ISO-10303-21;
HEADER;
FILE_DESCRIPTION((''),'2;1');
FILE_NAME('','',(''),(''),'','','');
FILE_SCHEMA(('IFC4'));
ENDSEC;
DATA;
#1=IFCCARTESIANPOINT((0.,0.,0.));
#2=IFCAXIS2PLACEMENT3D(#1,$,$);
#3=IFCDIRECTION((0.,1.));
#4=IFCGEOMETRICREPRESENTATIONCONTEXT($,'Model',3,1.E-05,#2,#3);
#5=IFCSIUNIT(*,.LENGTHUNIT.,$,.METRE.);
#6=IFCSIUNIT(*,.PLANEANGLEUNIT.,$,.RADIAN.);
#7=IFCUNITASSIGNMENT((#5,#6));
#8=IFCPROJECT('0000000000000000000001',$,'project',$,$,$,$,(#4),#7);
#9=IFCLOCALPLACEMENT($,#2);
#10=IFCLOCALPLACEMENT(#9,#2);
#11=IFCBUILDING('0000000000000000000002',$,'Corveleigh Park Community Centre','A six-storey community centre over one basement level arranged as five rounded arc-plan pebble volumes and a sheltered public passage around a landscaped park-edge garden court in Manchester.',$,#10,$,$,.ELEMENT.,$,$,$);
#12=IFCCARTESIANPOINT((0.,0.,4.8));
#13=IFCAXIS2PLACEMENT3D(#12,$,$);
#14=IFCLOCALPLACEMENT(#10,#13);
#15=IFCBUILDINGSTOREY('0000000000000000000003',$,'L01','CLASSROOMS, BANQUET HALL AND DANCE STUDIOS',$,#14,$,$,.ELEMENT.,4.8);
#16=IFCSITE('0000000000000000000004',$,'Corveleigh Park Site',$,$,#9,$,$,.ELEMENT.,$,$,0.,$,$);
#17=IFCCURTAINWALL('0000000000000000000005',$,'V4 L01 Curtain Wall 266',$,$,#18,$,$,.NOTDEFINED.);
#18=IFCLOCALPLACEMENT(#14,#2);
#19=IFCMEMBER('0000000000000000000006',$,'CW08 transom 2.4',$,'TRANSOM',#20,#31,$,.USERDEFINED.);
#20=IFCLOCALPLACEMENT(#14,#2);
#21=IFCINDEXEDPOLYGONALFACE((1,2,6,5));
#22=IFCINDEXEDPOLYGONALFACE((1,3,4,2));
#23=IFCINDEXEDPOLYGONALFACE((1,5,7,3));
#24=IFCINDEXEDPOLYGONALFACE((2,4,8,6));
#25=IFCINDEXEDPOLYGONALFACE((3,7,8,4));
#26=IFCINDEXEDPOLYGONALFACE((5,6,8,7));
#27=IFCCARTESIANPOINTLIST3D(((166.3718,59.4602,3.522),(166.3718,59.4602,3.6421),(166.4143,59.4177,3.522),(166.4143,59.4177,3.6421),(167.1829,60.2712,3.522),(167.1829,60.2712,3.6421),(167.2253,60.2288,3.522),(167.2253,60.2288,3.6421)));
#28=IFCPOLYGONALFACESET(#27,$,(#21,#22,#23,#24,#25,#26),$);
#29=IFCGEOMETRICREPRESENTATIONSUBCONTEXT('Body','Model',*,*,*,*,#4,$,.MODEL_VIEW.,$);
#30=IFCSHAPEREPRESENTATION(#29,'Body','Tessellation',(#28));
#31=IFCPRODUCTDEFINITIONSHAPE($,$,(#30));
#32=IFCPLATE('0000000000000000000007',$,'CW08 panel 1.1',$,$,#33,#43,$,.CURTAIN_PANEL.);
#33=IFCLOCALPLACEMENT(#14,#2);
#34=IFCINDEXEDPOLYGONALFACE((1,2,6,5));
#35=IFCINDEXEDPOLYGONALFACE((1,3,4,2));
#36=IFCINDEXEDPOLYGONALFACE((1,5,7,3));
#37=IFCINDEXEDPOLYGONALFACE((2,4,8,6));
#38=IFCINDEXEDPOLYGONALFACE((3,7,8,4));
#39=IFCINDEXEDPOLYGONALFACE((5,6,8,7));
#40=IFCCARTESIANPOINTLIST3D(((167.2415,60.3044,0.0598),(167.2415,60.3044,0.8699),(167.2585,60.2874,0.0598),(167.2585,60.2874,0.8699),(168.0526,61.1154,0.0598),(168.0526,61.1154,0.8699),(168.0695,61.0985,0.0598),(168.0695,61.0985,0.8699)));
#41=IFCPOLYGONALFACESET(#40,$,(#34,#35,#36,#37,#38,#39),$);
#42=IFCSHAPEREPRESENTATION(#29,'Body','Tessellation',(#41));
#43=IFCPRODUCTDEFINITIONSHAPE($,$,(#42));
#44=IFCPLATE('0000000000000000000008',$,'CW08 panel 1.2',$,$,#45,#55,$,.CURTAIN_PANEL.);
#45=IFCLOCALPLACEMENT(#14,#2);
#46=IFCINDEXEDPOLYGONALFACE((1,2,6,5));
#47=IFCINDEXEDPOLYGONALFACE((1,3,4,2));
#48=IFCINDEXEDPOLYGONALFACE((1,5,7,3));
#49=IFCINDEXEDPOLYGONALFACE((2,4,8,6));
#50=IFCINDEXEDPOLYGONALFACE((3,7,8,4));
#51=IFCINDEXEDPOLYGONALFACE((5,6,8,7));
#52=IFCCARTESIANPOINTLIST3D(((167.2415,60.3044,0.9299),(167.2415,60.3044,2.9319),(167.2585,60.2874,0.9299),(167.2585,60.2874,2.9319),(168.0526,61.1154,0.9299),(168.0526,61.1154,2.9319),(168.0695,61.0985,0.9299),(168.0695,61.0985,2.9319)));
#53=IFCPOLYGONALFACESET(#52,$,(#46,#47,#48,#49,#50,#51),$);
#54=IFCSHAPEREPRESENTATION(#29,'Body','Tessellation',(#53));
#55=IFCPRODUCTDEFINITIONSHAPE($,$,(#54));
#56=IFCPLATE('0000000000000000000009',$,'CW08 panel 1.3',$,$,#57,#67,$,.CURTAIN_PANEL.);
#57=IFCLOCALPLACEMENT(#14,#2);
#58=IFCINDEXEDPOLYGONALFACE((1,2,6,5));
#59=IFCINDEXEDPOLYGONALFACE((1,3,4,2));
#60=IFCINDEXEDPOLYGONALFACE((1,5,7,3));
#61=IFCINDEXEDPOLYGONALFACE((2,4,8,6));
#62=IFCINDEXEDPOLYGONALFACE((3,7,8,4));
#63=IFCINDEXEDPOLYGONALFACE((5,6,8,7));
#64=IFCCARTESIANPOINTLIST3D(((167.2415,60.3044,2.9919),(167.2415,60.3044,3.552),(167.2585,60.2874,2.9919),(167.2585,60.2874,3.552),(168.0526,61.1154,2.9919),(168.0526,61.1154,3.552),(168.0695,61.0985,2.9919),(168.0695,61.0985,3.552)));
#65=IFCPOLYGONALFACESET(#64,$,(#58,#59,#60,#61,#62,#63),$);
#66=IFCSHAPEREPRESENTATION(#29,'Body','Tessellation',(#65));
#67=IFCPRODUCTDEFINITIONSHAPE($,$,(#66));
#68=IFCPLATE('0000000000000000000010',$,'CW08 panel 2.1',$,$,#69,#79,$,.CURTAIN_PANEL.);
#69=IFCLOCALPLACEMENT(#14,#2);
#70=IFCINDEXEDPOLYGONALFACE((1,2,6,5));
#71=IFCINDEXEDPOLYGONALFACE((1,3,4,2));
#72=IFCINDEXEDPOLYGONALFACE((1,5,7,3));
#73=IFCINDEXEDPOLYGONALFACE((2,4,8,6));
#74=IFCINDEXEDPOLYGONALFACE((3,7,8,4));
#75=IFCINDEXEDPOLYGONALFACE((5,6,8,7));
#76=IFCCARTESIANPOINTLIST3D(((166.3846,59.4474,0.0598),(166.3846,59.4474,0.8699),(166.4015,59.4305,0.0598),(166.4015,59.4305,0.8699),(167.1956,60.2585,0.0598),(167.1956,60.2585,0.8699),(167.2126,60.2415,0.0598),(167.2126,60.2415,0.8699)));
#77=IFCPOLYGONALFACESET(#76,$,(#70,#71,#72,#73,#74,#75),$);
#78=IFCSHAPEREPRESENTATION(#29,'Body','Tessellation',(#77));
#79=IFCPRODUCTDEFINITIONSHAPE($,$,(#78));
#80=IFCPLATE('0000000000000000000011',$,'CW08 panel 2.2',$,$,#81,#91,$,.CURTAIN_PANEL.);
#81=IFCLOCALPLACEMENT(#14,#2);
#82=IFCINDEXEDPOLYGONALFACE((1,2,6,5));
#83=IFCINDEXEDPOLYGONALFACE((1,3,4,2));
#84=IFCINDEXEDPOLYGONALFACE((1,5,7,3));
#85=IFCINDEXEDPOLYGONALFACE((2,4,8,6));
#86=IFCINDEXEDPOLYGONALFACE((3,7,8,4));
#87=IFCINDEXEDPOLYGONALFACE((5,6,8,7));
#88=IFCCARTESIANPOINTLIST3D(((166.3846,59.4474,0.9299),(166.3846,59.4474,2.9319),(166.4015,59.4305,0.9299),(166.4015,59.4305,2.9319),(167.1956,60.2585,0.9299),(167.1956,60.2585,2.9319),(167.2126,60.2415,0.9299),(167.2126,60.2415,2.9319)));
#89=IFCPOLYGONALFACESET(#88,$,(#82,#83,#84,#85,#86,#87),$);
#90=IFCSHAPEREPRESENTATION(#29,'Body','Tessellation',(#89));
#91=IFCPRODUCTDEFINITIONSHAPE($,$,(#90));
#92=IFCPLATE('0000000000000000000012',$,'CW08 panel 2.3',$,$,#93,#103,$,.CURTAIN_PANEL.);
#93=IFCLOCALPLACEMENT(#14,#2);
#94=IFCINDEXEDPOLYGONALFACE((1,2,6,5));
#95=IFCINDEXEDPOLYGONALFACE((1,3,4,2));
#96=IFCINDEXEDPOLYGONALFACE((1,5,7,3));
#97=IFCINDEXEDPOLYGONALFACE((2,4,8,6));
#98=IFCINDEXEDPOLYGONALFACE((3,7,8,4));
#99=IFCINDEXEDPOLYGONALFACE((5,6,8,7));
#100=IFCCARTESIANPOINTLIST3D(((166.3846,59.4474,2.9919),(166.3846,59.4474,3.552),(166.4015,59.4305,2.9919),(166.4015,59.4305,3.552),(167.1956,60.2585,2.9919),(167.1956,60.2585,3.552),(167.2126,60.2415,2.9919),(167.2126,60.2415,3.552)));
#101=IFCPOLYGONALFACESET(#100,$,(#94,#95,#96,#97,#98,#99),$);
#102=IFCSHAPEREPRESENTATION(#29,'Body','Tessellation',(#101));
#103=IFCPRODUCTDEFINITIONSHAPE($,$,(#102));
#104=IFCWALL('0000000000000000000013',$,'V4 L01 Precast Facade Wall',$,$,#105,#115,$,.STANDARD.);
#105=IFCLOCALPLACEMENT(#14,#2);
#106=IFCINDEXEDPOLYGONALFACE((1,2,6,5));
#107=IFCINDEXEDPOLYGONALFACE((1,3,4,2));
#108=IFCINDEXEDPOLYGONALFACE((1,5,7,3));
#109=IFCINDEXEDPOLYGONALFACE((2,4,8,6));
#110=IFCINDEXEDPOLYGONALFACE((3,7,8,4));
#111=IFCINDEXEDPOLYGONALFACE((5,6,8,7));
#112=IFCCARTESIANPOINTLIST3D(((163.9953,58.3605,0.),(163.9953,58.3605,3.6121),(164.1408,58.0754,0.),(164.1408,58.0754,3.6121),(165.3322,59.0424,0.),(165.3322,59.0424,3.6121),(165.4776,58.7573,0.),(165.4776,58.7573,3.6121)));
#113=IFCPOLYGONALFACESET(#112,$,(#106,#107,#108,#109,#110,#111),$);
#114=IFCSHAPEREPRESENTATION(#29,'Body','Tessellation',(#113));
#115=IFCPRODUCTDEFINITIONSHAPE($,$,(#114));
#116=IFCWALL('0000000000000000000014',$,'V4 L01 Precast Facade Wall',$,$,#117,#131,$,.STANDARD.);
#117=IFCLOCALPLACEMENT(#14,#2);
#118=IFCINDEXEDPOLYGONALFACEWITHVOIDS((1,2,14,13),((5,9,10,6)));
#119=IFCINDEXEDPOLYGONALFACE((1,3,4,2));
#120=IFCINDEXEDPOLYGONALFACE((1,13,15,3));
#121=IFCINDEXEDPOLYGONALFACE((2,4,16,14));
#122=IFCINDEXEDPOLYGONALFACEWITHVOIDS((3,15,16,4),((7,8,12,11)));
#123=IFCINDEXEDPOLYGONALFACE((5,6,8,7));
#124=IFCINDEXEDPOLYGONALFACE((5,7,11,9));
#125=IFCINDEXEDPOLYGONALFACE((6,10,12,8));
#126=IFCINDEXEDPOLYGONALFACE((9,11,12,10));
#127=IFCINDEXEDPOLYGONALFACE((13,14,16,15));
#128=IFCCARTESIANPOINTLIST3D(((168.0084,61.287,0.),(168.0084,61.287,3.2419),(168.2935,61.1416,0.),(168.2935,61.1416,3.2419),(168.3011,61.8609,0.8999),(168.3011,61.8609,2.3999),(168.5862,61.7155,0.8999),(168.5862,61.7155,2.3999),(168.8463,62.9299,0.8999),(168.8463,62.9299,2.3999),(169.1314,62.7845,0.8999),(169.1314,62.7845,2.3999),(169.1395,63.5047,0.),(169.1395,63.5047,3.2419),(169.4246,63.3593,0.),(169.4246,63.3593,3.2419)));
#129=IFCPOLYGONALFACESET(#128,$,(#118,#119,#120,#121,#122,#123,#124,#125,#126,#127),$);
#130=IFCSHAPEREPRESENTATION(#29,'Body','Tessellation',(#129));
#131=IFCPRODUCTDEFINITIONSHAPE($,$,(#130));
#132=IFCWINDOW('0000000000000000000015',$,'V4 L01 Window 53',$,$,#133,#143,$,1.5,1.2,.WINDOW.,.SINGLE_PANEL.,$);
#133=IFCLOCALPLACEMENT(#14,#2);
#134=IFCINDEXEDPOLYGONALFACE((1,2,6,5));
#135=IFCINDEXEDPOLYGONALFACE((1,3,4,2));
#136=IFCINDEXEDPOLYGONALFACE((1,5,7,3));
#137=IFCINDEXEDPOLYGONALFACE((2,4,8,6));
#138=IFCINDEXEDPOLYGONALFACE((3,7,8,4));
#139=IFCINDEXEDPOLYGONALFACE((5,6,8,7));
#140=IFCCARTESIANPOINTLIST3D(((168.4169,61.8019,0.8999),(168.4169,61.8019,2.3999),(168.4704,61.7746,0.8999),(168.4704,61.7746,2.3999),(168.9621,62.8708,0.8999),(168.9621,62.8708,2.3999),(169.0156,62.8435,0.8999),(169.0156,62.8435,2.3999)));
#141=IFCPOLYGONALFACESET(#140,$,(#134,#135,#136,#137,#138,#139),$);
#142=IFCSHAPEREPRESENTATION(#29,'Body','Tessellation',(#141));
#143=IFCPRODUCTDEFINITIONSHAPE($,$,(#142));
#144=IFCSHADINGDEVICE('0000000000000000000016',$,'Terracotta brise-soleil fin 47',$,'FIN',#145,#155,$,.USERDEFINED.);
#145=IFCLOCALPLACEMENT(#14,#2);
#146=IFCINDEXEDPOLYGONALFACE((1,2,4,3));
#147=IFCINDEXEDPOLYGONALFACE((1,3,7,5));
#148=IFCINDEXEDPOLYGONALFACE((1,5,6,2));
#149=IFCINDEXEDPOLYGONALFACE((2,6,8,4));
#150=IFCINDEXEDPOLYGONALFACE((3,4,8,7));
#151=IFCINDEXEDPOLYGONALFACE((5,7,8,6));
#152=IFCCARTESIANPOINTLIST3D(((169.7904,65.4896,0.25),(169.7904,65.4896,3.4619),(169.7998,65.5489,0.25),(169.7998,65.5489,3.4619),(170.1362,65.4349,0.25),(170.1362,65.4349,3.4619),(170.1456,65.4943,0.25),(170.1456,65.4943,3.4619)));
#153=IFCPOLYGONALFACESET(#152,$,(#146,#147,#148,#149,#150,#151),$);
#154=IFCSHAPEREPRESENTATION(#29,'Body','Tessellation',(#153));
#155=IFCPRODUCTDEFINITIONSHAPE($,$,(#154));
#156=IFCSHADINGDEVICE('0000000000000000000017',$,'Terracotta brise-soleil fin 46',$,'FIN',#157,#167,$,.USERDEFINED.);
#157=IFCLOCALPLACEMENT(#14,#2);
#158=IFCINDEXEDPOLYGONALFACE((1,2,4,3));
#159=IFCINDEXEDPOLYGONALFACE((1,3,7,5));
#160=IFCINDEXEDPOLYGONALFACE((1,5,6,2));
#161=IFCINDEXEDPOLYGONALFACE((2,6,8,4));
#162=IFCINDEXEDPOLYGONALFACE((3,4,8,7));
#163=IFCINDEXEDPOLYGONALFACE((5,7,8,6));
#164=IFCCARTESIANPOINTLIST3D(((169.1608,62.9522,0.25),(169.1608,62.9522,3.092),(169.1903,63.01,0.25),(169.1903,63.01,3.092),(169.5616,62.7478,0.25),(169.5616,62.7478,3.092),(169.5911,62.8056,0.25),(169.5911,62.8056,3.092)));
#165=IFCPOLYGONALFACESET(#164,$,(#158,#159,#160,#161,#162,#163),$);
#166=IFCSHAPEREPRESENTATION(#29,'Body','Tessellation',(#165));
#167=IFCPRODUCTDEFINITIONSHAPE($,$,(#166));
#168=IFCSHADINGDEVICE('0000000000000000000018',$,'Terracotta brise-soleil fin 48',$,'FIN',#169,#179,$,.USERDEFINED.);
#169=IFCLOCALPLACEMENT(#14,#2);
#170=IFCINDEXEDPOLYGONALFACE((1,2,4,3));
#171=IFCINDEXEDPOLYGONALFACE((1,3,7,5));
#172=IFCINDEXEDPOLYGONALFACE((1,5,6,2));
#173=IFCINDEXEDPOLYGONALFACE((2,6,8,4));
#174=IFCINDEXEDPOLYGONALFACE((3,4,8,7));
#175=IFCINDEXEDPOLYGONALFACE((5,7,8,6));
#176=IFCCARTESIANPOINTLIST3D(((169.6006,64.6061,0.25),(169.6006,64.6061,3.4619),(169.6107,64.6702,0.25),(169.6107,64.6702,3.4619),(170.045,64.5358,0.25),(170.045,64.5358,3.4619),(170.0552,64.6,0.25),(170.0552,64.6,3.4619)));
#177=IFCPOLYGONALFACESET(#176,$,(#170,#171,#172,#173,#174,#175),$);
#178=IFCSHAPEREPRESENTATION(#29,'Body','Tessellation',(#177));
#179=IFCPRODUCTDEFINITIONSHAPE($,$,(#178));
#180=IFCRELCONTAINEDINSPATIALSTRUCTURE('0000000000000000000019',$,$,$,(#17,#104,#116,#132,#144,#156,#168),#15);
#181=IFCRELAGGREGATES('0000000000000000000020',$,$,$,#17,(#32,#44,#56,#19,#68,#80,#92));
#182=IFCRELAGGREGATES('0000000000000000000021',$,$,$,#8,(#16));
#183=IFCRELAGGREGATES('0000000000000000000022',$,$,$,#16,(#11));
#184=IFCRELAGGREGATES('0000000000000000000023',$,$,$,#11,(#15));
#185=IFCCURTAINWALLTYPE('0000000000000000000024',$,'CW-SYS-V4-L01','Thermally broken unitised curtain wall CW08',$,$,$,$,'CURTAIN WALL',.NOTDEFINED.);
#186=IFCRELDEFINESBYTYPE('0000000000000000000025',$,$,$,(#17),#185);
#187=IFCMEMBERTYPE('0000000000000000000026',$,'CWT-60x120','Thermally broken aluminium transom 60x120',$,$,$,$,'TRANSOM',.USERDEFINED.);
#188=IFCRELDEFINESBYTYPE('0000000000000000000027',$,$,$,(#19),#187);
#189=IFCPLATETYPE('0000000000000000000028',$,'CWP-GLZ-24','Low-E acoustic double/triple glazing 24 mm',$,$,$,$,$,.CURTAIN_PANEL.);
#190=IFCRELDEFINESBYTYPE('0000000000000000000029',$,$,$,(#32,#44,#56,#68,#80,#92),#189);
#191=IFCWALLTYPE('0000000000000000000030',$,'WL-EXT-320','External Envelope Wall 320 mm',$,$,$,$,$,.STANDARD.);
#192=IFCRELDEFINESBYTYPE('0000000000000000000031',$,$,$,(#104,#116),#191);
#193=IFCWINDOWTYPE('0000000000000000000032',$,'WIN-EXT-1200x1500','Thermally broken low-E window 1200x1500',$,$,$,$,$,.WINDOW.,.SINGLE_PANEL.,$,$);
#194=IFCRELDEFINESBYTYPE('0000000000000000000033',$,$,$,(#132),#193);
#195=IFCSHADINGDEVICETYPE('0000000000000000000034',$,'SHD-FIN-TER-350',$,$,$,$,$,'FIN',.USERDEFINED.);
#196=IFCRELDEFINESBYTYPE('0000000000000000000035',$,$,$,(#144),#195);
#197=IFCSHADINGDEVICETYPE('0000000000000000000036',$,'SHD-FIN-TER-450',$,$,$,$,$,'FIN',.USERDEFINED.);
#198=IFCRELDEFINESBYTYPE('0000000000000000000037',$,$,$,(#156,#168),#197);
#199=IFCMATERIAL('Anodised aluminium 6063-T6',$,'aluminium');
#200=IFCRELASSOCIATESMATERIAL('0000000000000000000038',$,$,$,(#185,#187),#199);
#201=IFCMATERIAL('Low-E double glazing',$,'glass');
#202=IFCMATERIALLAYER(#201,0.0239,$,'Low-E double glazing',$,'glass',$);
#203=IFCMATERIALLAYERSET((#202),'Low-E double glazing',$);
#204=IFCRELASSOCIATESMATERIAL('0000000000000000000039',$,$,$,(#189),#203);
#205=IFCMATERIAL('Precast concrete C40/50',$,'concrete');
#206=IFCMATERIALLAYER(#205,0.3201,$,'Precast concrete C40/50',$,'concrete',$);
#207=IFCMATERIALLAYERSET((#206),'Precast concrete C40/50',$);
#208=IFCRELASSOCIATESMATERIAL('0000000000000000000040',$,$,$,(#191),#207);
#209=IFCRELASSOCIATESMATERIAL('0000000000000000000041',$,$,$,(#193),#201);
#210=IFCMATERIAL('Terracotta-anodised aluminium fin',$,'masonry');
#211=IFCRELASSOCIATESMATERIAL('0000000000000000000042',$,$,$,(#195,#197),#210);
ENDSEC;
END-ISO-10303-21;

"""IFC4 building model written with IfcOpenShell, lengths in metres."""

from ifc_helpers import new_model, si_unit, direction, frame, frame_2d, origin, origin_2d, place, context, subcontext, project, spatial, rectangle, extrude, material, layer, layer_set, material_profile, profile_set, type_object, element, fill, aggregate, save


model = new_model("IFC4")

# Units and contexts
model_context = context("Model", 3, precision=1e-05, world=origin(), true_north=direction((0.0, 1.0)))
body_context = subcontext(model_context, "Body", "Model", "MODEL_VIEW")
ifc_project = project(units=[si_unit("LENGTHUNIT", "METRE"), si_unit("PLANEANGLEUNIT", "RADIAN")], contexts=[model_context])

# Site, building, storey
site_placement = place(None, origin())
site = spatial("IfcSite", under=ifc_project, at=site_placement, Name="Corveleigh Park Site", CompositionType="ELEMENT", RefElevation=0.0)
building_placement = place(site_placement, origin())
building = spatial("IfcBuilding", under=site, at=building_placement, Name="Corveleigh Park Community Centre", Description="A six-storey community centre over one basement level arranged as five rounded arc-plan pebble volumes and a sheltered public passage around a landscaped park-edge garden court in Manchester.", CompositionType="ELEMENT")
storey_placement = place(building_placement, frame((0.0, 0.0, 4.8)))
storey = spatial("IfcBuildingStorey", under=building, at=storey_placement, Name="L01", Description="CLASSROOMS, BANQUET HALL AND DANCE STUDIOS", CompositionType="ELEMENT", Elevation=4.8)

# Curtain wall, member, plates
ifc_material_1 = material(Name="Anodised aluminium 6063-T6", Category="aluminium")
curtain_wall_type = type_object("IfcCurtainWallType", Name="CW-SYS-V4-L01", Description="Thermally broken unitised curtain wall CW08", ElementType="CURTAIN WALL", PredefinedType="NOTDEFINED", material=ifc_material_1)
curtain_wall_placement = place(storey_placement, origin())
curtain_wall = element("IfcCurtainWall", 1, at=curtain_wall_placement, inside=storey, type_object=curtain_wall_type, Name="V4 L01 Curtain Wall 266", PredefinedType="NOTDEFINED")
ifc_material_profile_1 = material_profile(ifc_material_1, rectangle(XDim=0.0601, YDim=0.1201, at=origin_2d()), Name="ALU-T60x120", Category="aluminium")
ifc_profile_set_1 = profile_set([ifc_material_profile_1], Name="Anodised aluminium 6063-T6")
member_type_1 = type_object("IfcMemberType", Name="CWT-60x120", Description="Thermally broken aluminium transom 60x120", ElementType="TRANSOM", PredefinedType="USERDEFINED", material=ifc_profile_set_1)
member_1_placement = place(storey_placement, frame((167.2041, 60.25, 3.582), z_axis=(-0.707107, -0.707107, 0.0), x_axis=(0.707107, -0.707107, 0.0)))
member_1 = element("IfcMember", 2, at=member_1_placement, type_object=member_type_1, Name="CW08 transom 2.4", ObjectType="TRANSOM", PredefinedType="USERDEFINED", context=body_context, shape_type="SweptSolid", body=[
    extrude(rectangle(XDim=0.0601, YDim=0.1201, at=origin_2d()), origin(), (0.0, 0.0, 1.0), 1.147),
])
ifc_material_2 = material(Name="Low-E double glazing", Category="glass")
ifc_layer_1 = layer(ifc_material_2, 0.0239, Name="Low-E double glazing", Category="glass")
ifc_layer_set_1 = layer_set([ifc_layer_1], Name="Low-E double glazing")
plate_type = type_object("IfcPlateType", Name="CWP-GLZ-24", Description="Low-E acoustic double/triple glazing 24 mm", PredefinedType="CURTAIN_PANEL", material=ifc_layer_set_1)
plate_1_placement = place(storey_placement, frame((167.6555, 60.7014, 0.0598), z_axis=(0.0, 0.0, 1.0), x_axis=(-0.707107, -0.707107, 0.0)))
plate_1 = element("IfcPlate", 3, at=plate_1_placement, type_object=plate_type, Name="CW08 panel 1.1", PredefinedType="CURTAIN_PANEL", context=body_context, shape_type="SweptSolid", body=[
    extrude(rectangle(XDim=1.147, YDim=0.0239, at=origin_2d()), origin(), (0.0, 0.0, 1.0), 0.8101),
])
plate_2_placement = place(storey_placement, frame((167.6555, 60.7014, 0.9299), z_axis=(0.0, 0.0, 1.0), x_axis=(-0.707107, -0.707107, 0.0)))
plate_2 = element("IfcPlate", 4, at=plate_2_placement, type_object=plate_type, Name="CW08 panel 1.2", PredefinedType="CURTAIN_PANEL", context=body_context, shape_type="SweptSolid", body=[
    extrude(rectangle(XDim=1.147, YDim=0.0239, at=origin_2d()), origin(), (0.0, 0.0, 1.0), 2.002),
])
plate_3_placement = place(storey_placement, frame((167.6555, 60.7014, 2.9919), z_axis=(0.0, 0.0, 1.0), x_axis=(-0.707107, -0.707107, 0.0)))
plate_3 = element("IfcPlate", 5, at=plate_3_placement, type_object=plate_type, Name="CW08 panel 1.3", PredefinedType="CURTAIN_PANEL", context=body_context, shape_type="SweptSolid", body=[
    extrude(rectangle(XDim=1.147, YDim=0.0239, at=origin_2d()), origin(), (0.0, 0.0, 1.0), 0.5601),
])
plate_4_placement = place(storey_placement, frame((166.7986, 59.8445, 0.0598), z_axis=(0.0, 0.0, 1.0), x_axis=(-0.707107, -0.707107, 0.0)))
plate_4 = element("IfcPlate", 6, at=plate_4_placement, type_object=plate_type, Name="CW08 panel 2.1", PredefinedType="CURTAIN_PANEL", context=body_context, shape_type="SweptSolid", body=[
    extrude(rectangle(XDim=1.147, YDim=0.0239, at=origin_2d()), origin(), (0.0, 0.0, 1.0), 0.8101),
])
plate_5_placement = place(storey_placement, frame((166.7986, 59.8445, 0.9299), z_axis=(0.0, 0.0, 1.0), x_axis=(-0.707107, -0.707107, 0.0)))
plate_5 = element("IfcPlate", 7, at=plate_5_placement, type_object=plate_type, Name="CW08 panel 2.2", PredefinedType="CURTAIN_PANEL", context=body_context, shape_type="SweptSolid", body=[
    extrude(rectangle(XDim=1.147, YDim=0.0239, at=origin_2d()), origin(), (0.0, 0.0, 1.0), 2.002),
])
plate_6_placement = place(storey_placement, frame((166.7986, 59.8445, 2.9919), z_axis=(0.0, 0.0, 1.0), x_axis=(-0.707107, -0.707107, 0.0)))
plate_6 = element("IfcPlate", 8, at=plate_6_placement, type_object=plate_type, Name="CW08 panel 2.3", PredefinedType="CURTAIN_PANEL", context=body_context, shape_type="SweptSolid", body=[
    extrude(rectangle(XDim=1.147, YDim=0.0239, at=origin_2d()), origin(), (0.0, 0.0, 1.0), 0.5601),
])
aggregate(curtain_wall, [plate_1, plate_2, plate_3, member_1, plate_4, plate_5, plate_6])

# Wall
ifc_material_3 = material(Name="Precast concrete C40/50", Category="concrete")
ifc_layer_2 = layer(ifc_material_3, 0.3201, Name="Precast concrete C40/50", Category="concrete")
ifc_layer_set_2 = layer_set([ifc_layer_2], Name="Precast concrete C40/50")
wall_type = type_object("IfcWallType", Name="WL-EXT-320", Description="External Envelope Wall 320 mm", PredefinedType="STANDARD", material=ifc_layer_set_2)
wall_1_placement = place(storey_placement, frame((165.405, 58.8999, 0.0), z_axis=(0.0, 0.0, 1.0), x_axis=(-0.89082, -0.454357, 0.0)))
element("IfcWall", 9, at=wall_1_placement, inside=storey, type_object=wall_type, Name="V4 L01 Precast Facade Wall", PredefinedType="STANDARD", context=body_context, shape_type="SweptSolid", body=[
    extrude(rectangle(XDim=1.5007, YDim=0.3201, at=frame_2d((0.7505, 0.0))), origin(), (0.0, 0.0, 1.0), 3.6121),
])

# Wall, opening, window
wall_2_placement = place(storey_placement, frame((169.282, 63.4319, 0.0), z_axis=(0.0, 0.0, 1.0), x_axis=(-0.454339, -0.890829, 0.0)))
wall_2 = element("IfcWall", 10, at=wall_2_placement, inside=storey, type_object=wall_type, Name="V4 L01 Precast Facade Wall", PredefinedType="STANDARD", context=body_context, shape_type="SweptSolid", body=[
    extrude(rectangle(XDim=2.4895, YDim=0.3201, at=frame_2d((1.2446, 0.0))), origin(), (0.0, 0.0, 1.0), 3.2419),
])
opening_placement = place(wall_2_placement, frame((0.645, 0.0, 0.8999)))
opening = element("IfcOpeningElement", 11, at=opening_placement, cuts=wall_2, PredefinedType="OPENING", context=body_context, shape_type="SweptSolid", body=[
    extrude(rectangle(XDim=1.2, YDim=1.5, at=frame_2d((0.6001, 0.75))), frame((0.0, 0.1699, 0.0), z_axis=(0.0, -1.0, 0.0), x_axis=(1.0, 0.0, 0.0)), (0.0, 0.0, 1.0), 0.3401),
])
window_type = type_object("IfcWindowType", Name="WIN-EXT-1200x1500", Description="Thermally broken low-E window 1200x1500", PartitioningType="SINGLE_PANEL", PredefinedType="WINDOW", material=ifc_material_2)
window_placement = place(opening_placement, origin())
window = element("IfcWindow", 12, at=window_placement, inside=storey, type_object=window_type, Name="V4 L01 Window 53", OverallHeight=1.5, OverallWidth=1.2, PartitioningType="SINGLE_PANEL", PredefinedType="WINDOW", context=body_context, shape_type="SweptSolid", body=[
    extrude(rectangle(XDim=1.2, YDim=1.5, at=frame_2d((0.6001, 0.75))), frame((0.0, 0.03, 0.0), z_axis=(0.0, -1.0, 0.0), x_axis=(1.0, 0.0, 0.0)), (0.0, 0.0, 1.0), 0.0601),
])
fill(opening, window)

# Shading devices
ifc_material_4 = material(Name="Terracotta-anodised aluminium fin", Category="masonry")
shading_device_type_1 = type_object("IfcShadingDeviceType", Name="SHD-FIN-TER-350", ElementType="FIN", PredefinedType="USERDEFINED", material=ifc_material_4)
shading_device_1_placement = place(storey_placement, frame((169.968, 65.4919, 0.25), z_axis=(0.0, 0.0, 1.0), x_axis=(0.987734, -0.156146, 0.0)))
element("IfcShadingDevice", 13, at=shading_device_1_placement, inside=storey, type_object=shading_device_type_1, Name="Terracotta brise-soleil fin 47", ObjectType="FIN", PredefinedType="USERDEFINED", context=body_context, shape_type="SweptSolid", body=[
    extrude(rectangle(XDim=0.3501, YDim=0.0601, at=origin_2d()), origin(), (0.0, 0.0, 1.0), 3.2119),
])
shading_device_type_2 = type_object("IfcShadingDeviceType", Name="SHD-FIN-TER-450", ElementType="FIN", PredefinedType="USERDEFINED", material=ifc_material_4)
shading_device_2_placement = place(storey_placement, frame((169.376, 62.8789, 0.25), z_axis=(0.0, 0.0, 1.0), x_axis=(0.890865, -0.454269, 0.0)))
element("IfcShadingDevice", 14, at=shading_device_2_placement, inside=storey, type_object=shading_device_type_2, Name="Terracotta brise-soleil fin 46", ObjectType="FIN", PredefinedType="USERDEFINED", context=body_context, shape_type="SweptSolid", body=[
    extrude(rectangle(XDim=0.45, YDim=0.0649, at=origin_2d()), origin(), (0.0, 0.0, 1.0), 2.842),
])
shading_device_3_placement = place(storey_placement, frame((169.8279, 64.603, 0.25), z_axis=(0.0, 0.0, 1.0), x_axis=(0.987734, -0.156146, 0.0)))
element("IfcShadingDevice", 15, at=shading_device_3_placement, inside=storey, type_object=shading_device_type_2, Name="Terracotta brise-soleil fin 48", ObjectType="FIN", PredefinedType="USERDEFINED", context=body_context, shape_type="SweptSolid", body=[
    extrude(rectangle(XDim=0.45, YDim=0.0649, at=origin_2d()), origin(), (0.0, 0.0, 1.0), 3.2119),
])

save(model, "model.ifc")
